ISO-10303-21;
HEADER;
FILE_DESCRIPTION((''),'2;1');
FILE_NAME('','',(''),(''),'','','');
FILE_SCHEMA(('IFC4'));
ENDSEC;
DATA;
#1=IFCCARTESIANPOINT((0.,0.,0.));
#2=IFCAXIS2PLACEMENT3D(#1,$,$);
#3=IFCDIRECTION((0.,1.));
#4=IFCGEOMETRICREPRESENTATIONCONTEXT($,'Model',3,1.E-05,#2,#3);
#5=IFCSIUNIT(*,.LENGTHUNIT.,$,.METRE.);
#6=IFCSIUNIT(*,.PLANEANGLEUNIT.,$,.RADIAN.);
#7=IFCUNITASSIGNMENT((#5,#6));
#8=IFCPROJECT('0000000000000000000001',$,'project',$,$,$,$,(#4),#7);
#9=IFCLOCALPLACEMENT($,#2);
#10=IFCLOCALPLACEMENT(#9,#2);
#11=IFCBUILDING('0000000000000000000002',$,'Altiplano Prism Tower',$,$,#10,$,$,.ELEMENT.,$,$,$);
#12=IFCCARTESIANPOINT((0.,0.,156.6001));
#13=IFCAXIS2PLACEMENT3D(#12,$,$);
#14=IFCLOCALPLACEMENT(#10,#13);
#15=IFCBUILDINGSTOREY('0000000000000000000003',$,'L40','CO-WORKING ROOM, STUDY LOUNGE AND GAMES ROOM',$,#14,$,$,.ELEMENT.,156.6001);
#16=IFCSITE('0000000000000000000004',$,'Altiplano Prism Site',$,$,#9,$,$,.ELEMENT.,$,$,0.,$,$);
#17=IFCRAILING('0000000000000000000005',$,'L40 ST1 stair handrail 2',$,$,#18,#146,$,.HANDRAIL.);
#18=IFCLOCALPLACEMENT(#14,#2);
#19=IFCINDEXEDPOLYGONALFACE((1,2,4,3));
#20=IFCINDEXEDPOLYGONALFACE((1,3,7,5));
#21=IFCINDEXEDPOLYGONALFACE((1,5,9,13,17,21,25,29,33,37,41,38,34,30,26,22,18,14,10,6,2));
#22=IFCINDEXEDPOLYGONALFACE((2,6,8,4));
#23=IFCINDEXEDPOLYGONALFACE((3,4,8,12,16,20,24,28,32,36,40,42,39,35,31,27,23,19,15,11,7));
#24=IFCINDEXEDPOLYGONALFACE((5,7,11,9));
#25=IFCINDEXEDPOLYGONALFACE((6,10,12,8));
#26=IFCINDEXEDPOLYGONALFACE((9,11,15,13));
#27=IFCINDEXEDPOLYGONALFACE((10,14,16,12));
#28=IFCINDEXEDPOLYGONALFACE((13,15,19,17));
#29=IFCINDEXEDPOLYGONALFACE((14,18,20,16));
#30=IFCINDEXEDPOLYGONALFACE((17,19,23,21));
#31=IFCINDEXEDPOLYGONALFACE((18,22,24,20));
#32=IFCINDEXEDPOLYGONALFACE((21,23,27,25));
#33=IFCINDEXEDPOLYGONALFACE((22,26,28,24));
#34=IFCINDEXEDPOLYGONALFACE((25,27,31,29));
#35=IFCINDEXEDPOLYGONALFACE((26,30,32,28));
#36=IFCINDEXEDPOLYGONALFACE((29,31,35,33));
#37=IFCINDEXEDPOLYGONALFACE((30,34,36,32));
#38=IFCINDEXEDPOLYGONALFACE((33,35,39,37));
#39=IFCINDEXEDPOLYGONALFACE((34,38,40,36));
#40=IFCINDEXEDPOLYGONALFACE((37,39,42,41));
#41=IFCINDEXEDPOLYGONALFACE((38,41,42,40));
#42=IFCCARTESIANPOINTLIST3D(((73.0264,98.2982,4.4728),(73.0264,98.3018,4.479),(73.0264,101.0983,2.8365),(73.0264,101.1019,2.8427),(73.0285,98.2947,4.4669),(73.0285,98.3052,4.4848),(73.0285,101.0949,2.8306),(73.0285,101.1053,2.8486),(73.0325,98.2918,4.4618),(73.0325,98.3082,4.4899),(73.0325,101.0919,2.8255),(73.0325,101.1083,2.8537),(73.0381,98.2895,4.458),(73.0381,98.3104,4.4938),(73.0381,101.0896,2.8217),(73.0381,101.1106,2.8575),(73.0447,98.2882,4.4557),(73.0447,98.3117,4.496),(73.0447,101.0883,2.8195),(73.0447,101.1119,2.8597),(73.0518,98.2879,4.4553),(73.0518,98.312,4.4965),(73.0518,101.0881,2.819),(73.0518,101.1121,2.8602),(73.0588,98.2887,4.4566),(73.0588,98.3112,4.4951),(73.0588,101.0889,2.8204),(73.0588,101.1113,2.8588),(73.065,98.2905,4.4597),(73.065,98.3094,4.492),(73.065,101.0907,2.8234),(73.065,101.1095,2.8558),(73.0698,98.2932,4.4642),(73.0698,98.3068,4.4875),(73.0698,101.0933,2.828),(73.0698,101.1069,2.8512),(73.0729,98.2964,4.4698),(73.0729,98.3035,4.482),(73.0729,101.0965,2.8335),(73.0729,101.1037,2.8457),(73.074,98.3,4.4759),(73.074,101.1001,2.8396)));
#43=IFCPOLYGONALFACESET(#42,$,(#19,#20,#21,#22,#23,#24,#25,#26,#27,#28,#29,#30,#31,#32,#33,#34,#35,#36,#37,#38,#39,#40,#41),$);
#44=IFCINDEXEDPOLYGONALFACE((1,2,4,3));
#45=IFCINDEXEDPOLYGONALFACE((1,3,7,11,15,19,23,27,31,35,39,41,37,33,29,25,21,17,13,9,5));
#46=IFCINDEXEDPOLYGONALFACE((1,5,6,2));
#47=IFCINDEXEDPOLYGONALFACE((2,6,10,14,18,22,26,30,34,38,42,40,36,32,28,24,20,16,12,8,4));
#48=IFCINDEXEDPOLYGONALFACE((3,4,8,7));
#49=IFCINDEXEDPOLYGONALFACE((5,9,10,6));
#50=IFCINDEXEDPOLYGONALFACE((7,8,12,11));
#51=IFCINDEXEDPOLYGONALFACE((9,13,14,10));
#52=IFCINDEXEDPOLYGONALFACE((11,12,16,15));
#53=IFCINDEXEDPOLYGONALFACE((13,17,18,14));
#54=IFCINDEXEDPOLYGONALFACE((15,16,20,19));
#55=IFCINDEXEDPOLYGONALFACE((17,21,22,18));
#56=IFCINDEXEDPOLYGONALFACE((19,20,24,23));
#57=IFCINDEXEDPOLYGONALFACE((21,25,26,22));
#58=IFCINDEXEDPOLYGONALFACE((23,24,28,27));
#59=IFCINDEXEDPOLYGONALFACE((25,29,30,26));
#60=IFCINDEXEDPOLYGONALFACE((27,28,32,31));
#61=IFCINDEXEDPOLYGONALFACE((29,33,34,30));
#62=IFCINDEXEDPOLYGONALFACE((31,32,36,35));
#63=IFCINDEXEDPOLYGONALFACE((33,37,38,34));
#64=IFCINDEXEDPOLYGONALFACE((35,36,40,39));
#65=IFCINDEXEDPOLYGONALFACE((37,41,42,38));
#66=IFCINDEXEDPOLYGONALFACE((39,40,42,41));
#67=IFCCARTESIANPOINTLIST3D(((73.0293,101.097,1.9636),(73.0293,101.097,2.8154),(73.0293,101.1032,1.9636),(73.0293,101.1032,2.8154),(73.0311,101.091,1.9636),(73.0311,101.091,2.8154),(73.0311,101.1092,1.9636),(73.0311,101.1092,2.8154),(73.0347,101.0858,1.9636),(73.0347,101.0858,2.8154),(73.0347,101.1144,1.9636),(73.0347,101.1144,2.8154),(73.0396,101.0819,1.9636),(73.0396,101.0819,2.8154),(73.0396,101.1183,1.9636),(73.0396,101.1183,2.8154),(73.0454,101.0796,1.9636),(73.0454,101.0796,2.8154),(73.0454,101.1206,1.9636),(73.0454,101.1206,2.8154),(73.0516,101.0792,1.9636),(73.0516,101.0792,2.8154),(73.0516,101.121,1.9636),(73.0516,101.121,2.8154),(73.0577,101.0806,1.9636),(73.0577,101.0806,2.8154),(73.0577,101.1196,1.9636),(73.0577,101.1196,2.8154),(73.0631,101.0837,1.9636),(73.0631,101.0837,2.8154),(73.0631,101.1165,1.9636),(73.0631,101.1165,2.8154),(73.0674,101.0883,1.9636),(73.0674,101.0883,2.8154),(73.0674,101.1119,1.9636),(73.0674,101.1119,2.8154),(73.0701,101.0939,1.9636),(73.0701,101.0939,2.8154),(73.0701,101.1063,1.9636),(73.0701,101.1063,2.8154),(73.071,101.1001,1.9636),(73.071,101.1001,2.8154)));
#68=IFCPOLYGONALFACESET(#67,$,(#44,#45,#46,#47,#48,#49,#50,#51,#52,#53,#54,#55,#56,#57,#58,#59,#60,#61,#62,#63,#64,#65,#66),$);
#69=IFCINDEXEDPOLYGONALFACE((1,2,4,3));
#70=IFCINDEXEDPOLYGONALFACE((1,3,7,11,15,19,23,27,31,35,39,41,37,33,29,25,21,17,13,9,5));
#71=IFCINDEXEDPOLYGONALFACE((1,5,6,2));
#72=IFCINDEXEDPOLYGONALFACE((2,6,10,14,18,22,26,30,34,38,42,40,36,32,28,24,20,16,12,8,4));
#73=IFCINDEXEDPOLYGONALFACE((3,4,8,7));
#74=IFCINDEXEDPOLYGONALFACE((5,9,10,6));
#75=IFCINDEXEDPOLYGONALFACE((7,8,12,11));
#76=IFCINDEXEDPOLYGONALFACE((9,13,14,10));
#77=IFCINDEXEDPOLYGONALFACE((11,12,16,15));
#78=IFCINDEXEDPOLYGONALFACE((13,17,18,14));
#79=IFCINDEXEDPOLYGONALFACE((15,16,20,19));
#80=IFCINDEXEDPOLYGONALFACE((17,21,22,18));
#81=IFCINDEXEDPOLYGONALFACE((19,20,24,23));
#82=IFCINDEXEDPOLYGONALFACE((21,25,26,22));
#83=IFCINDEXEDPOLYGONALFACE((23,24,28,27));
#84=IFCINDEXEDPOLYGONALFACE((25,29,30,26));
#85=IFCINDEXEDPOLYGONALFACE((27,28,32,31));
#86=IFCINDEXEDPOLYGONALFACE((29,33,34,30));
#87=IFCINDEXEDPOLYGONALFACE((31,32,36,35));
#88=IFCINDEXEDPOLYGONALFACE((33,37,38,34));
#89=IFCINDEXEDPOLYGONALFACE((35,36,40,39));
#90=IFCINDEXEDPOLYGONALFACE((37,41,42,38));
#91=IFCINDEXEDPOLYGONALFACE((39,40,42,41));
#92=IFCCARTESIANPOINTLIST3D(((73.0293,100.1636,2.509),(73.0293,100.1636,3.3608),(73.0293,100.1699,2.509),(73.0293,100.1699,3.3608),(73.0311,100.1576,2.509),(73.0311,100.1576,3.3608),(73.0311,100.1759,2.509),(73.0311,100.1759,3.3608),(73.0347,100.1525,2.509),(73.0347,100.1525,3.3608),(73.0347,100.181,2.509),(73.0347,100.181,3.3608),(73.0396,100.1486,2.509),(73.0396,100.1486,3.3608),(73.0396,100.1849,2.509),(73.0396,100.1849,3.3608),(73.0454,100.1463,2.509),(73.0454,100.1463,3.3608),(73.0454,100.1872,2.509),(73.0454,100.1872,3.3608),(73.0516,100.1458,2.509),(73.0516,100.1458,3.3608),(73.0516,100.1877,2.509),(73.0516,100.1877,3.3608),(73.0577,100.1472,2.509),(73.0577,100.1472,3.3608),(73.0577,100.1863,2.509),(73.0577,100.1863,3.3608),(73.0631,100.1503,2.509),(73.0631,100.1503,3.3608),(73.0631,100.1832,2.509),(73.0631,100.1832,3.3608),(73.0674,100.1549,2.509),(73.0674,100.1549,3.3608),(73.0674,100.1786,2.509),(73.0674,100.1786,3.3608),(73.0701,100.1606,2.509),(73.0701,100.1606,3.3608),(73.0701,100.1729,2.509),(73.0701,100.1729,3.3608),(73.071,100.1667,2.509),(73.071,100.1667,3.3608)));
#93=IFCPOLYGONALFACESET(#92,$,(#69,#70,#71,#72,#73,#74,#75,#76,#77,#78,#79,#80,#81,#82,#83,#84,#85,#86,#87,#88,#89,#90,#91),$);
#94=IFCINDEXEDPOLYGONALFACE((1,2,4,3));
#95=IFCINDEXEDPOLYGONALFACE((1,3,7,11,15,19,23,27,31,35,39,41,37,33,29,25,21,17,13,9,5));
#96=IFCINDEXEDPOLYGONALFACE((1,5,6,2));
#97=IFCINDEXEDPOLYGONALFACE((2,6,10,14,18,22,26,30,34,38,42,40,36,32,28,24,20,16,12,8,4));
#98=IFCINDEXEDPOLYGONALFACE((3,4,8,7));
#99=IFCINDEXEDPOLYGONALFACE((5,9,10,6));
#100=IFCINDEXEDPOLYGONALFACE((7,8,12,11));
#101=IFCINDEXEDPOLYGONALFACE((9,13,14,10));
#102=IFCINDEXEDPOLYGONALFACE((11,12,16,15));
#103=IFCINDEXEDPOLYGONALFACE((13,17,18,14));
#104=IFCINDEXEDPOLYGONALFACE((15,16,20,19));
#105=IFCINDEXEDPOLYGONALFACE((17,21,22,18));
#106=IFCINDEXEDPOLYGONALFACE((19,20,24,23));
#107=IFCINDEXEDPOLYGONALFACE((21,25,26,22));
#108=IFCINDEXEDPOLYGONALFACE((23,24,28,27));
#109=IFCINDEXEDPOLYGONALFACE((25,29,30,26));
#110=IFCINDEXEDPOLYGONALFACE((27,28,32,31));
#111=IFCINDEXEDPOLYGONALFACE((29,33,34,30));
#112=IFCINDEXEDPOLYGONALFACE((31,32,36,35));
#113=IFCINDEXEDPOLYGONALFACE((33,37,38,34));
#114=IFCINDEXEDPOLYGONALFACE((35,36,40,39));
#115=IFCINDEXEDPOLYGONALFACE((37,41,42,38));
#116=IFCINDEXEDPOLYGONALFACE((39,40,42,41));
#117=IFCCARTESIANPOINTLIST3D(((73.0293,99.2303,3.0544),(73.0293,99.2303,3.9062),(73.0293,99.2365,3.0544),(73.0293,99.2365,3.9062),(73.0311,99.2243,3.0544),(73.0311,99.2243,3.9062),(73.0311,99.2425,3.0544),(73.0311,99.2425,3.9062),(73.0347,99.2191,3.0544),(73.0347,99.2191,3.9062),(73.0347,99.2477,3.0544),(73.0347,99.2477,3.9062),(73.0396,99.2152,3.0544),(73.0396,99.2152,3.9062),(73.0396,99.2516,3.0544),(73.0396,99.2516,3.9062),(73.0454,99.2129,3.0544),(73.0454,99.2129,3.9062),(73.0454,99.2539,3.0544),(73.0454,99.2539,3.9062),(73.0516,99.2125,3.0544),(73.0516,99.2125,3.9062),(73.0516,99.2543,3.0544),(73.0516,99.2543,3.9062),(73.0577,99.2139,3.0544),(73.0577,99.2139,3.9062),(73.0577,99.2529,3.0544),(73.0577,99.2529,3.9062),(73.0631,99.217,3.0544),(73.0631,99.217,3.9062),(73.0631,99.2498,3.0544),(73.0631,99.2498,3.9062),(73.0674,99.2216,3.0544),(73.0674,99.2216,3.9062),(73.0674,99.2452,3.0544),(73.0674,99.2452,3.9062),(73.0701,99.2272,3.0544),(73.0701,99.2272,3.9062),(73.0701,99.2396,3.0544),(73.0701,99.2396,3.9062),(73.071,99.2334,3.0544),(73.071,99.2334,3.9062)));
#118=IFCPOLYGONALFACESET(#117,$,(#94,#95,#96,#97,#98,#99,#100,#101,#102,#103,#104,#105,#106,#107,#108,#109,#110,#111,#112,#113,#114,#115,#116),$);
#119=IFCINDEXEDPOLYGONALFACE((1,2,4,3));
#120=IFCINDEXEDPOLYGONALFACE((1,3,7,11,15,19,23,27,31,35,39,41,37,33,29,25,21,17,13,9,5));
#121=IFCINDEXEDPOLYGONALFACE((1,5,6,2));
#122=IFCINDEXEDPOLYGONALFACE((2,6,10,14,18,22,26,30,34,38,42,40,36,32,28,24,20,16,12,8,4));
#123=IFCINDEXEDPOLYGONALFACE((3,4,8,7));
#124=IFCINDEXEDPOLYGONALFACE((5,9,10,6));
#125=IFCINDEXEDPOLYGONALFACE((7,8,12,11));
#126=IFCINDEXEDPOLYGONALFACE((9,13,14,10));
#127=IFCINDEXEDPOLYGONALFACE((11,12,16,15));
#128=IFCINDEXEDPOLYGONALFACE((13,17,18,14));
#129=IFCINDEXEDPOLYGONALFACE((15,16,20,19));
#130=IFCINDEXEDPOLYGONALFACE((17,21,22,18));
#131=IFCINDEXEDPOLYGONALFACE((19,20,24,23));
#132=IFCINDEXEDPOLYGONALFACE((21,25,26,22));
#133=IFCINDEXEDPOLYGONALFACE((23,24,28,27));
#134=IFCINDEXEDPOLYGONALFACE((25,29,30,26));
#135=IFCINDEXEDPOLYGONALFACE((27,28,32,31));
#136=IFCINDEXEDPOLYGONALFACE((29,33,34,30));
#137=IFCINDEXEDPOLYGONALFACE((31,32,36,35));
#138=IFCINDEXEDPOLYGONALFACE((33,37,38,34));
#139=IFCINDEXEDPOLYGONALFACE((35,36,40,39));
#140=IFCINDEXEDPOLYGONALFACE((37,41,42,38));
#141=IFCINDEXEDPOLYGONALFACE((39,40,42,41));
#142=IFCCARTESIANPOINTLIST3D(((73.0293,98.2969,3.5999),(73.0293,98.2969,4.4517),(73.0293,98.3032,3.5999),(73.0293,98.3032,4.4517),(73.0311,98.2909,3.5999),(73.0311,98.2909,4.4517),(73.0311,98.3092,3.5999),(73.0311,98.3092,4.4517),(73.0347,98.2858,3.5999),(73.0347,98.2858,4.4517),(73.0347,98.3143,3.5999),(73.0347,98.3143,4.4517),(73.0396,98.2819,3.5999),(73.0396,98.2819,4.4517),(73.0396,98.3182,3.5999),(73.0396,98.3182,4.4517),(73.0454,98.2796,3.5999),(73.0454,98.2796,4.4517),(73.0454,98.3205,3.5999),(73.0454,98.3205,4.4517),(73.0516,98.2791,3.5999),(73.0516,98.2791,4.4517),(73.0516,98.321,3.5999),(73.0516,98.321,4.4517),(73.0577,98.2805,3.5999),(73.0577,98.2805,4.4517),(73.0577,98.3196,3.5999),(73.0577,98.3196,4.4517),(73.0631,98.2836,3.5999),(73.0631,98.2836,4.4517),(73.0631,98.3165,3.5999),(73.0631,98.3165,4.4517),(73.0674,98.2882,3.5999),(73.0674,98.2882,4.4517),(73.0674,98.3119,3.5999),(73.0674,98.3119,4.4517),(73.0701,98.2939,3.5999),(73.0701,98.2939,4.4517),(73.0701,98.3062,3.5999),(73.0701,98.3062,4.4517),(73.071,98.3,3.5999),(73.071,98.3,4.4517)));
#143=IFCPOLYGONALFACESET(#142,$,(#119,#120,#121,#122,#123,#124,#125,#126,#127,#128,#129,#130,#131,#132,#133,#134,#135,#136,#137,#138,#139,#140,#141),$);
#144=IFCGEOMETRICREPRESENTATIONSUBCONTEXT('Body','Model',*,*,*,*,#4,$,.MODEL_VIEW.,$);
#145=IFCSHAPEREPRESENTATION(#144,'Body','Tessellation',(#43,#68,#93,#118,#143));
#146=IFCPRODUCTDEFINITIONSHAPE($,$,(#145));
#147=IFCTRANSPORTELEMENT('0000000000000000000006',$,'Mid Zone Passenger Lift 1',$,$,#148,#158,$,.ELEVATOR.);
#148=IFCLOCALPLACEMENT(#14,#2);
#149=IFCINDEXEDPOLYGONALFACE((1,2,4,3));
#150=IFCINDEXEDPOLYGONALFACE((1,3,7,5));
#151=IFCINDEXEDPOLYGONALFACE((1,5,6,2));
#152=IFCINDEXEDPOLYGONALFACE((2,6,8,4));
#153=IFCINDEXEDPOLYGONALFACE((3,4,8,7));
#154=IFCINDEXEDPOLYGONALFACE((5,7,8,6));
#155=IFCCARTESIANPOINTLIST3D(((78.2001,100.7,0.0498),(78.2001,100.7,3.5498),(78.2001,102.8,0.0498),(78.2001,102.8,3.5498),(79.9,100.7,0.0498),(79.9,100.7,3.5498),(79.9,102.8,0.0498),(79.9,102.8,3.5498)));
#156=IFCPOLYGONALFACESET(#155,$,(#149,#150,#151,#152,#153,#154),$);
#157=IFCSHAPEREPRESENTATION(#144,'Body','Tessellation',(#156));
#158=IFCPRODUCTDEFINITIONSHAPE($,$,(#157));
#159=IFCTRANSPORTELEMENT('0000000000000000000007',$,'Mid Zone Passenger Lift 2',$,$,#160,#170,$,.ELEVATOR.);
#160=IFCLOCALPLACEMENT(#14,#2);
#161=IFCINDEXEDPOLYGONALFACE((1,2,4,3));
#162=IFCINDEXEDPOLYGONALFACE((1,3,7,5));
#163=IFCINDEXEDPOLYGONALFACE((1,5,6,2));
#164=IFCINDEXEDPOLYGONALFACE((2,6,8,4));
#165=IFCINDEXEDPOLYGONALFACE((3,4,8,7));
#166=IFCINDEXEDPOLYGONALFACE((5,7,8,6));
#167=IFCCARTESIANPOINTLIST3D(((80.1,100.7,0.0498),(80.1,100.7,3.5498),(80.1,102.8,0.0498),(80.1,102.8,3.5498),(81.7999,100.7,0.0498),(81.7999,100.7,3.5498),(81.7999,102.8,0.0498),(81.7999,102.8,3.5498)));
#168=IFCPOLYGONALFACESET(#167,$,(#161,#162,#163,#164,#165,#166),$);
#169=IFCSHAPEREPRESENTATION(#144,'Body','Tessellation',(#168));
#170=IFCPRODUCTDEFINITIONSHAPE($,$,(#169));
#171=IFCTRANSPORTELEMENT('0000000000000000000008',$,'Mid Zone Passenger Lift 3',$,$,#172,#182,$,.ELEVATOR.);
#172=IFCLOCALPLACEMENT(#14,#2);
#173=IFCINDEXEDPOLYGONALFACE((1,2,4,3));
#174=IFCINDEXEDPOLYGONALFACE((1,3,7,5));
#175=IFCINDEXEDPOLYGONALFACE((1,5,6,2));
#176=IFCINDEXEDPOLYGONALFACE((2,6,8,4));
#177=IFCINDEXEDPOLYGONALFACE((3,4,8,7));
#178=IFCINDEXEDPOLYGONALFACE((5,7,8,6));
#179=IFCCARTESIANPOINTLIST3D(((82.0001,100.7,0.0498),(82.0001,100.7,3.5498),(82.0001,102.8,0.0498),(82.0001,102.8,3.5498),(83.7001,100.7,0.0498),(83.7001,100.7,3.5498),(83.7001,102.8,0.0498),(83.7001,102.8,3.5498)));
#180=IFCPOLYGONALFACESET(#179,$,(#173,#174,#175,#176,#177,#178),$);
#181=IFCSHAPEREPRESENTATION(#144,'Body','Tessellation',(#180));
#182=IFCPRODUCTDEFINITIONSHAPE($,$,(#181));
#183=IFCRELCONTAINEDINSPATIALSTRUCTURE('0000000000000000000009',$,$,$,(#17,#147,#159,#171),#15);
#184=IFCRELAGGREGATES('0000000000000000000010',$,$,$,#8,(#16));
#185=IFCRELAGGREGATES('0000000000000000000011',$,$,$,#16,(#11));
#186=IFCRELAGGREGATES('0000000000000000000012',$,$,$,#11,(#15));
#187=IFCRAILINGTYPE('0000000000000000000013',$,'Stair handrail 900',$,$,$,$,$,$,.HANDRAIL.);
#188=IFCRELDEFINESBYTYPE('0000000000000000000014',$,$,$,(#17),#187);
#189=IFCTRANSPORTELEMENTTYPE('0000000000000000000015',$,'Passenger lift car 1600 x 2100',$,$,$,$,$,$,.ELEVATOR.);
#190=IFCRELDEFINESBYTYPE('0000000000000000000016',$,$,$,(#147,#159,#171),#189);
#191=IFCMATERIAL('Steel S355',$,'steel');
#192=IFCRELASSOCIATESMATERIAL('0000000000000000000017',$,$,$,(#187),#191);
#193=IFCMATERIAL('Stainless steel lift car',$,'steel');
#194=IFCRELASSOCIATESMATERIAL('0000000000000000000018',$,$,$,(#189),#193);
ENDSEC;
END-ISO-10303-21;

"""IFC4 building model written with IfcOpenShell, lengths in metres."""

from ifc_helpers import new_model, si_unit, direction, frame, origin, origin_2d, place, context, subcontext, project, spatial, rectangle, circle, extrude, material, type_object, element, save


model = new_model("IFC4")

# Units and contexts
model_context = context("Model", 3, precision=1e-05, world=origin(), true_north=direction((0.0, 1.0)))
body_context = subcontext(model_context, "Body", "Model", "MODEL_VIEW")
ifc_project = project(units=[si_unit("LENGTHUNIT", "METRE"), si_unit("PLANEANGLEUNIT", "RADIAN")], contexts=[model_context])

# Site, building, storey
site_placement = place(None, origin())
site = spatial("IfcSite", under=ifc_project, at=site_placement, Name="Altiplano Prism Site", CompositionType="ELEMENT", RefElevation=0.0)
building_placement = place(site_placement, origin())
building = spatial("IfcBuilding", under=site, at=building_placement, Name="Altiplano Prism Tower", CompositionType="ELEMENT")
storey_placement = place(building_placement, frame((0.0, 0.0, 156.6001)))
storey = spatial("IfcBuildingStorey", under=building, at=storey_placement, Name="L40", Description="CO-WORKING ROOM, STUDY LOUNGE AND GAMES ROOM", CompositionType="ELEMENT", Elevation=156.6001)

# Railing
ifc_material_1 = material(Name="Steel S355", Category="steel")
railing_type = type_object("IfcRailingType", Name="Stair handrail 900", PredefinedType="HANDRAIL", material=ifc_material_1)
railing_placement = place(storey_placement, frame((73.05, 101.1001, 1.9636)))
element("IfcRailing", 1, at=railing_placement, inside=storey, type_object=railing_type, Name="L40 ST1 stair handrail 2", PredefinedType="HANDRAIL", context=body_context, shape_type="SweptSolid", body=[
    extrude(circle(Radius=0.0239, at=origin_2d()), frame((0.0, 0.0, 0.876), z_axis=(0.0, -0.863394, 0.504531), x_axis=(1.0, 0.0, 0.0)), (0.0, 0.0, 1.0), 3.2432),
    extrude(circle(Radius=0.021, at=origin_2d()), origin(), (0.0, 0.0, 1.0), 0.8518),
    extrude(circle(Radius=0.021, at=origin_2d()), frame((0.0, -0.9333, 0.5454)), (0.0, 0.0, 1.0), 0.8518),
    extrude(circle(Radius=0.021, at=origin_2d()), frame((0.0, -1.8667, 1.0908)), (0.0, 0.0, 1.0), 0.8518),
    extrude(circle(Radius=0.021, at=origin_2d()), frame((0.0, -2.8, 1.6362)), (0.0, 0.0, 1.0), 0.8518),
])

# Transport elements
ifc_material_2 = material(Name="Stainless steel lift car", Category="steel")
transport_element_type = type_object("IfcTransportElementType", Name="Passenger lift car 1600 x 2100", PredefinedType="ELEVATOR", material=ifc_material_2)
for number, where, z_axis, x_axis, name in (
    (2, (79.05, 101.75, 0.0498), (0.0, 0.0, 1.0), (1.0, 0.0, 0.0), "Mid Zone Passenger Lift 1"),
    (3, (80.95, 101.75, 0.0498), (0.0, 0.0, 1.0), (1.0, 0.0, 0.0), "Mid Zone Passenger Lift 2"),
    (4, (82.8501, 101.75, 0.0498), (0.0, 0.0, 1.0), (1.0, 0.0, 0.0), "Mid Zone Passenger Lift 3"),
):
    element("IfcTransportElement", number, at=place(storey_placement, frame(where, z_axis=z_axis, x_axis=x_axis)), inside=storey, type_object=transport_element_type, Name=name, PredefinedType="ELEVATOR", context=body_context, shape_type="SweptSolid", body=[
        extrude(rectangle(XDim=1.7, YDim=2.1001, at=origin_2d()), origin(), (0.0, 0.0, 1.0), 3.5),
    ])

save(model, "model.ifc")
